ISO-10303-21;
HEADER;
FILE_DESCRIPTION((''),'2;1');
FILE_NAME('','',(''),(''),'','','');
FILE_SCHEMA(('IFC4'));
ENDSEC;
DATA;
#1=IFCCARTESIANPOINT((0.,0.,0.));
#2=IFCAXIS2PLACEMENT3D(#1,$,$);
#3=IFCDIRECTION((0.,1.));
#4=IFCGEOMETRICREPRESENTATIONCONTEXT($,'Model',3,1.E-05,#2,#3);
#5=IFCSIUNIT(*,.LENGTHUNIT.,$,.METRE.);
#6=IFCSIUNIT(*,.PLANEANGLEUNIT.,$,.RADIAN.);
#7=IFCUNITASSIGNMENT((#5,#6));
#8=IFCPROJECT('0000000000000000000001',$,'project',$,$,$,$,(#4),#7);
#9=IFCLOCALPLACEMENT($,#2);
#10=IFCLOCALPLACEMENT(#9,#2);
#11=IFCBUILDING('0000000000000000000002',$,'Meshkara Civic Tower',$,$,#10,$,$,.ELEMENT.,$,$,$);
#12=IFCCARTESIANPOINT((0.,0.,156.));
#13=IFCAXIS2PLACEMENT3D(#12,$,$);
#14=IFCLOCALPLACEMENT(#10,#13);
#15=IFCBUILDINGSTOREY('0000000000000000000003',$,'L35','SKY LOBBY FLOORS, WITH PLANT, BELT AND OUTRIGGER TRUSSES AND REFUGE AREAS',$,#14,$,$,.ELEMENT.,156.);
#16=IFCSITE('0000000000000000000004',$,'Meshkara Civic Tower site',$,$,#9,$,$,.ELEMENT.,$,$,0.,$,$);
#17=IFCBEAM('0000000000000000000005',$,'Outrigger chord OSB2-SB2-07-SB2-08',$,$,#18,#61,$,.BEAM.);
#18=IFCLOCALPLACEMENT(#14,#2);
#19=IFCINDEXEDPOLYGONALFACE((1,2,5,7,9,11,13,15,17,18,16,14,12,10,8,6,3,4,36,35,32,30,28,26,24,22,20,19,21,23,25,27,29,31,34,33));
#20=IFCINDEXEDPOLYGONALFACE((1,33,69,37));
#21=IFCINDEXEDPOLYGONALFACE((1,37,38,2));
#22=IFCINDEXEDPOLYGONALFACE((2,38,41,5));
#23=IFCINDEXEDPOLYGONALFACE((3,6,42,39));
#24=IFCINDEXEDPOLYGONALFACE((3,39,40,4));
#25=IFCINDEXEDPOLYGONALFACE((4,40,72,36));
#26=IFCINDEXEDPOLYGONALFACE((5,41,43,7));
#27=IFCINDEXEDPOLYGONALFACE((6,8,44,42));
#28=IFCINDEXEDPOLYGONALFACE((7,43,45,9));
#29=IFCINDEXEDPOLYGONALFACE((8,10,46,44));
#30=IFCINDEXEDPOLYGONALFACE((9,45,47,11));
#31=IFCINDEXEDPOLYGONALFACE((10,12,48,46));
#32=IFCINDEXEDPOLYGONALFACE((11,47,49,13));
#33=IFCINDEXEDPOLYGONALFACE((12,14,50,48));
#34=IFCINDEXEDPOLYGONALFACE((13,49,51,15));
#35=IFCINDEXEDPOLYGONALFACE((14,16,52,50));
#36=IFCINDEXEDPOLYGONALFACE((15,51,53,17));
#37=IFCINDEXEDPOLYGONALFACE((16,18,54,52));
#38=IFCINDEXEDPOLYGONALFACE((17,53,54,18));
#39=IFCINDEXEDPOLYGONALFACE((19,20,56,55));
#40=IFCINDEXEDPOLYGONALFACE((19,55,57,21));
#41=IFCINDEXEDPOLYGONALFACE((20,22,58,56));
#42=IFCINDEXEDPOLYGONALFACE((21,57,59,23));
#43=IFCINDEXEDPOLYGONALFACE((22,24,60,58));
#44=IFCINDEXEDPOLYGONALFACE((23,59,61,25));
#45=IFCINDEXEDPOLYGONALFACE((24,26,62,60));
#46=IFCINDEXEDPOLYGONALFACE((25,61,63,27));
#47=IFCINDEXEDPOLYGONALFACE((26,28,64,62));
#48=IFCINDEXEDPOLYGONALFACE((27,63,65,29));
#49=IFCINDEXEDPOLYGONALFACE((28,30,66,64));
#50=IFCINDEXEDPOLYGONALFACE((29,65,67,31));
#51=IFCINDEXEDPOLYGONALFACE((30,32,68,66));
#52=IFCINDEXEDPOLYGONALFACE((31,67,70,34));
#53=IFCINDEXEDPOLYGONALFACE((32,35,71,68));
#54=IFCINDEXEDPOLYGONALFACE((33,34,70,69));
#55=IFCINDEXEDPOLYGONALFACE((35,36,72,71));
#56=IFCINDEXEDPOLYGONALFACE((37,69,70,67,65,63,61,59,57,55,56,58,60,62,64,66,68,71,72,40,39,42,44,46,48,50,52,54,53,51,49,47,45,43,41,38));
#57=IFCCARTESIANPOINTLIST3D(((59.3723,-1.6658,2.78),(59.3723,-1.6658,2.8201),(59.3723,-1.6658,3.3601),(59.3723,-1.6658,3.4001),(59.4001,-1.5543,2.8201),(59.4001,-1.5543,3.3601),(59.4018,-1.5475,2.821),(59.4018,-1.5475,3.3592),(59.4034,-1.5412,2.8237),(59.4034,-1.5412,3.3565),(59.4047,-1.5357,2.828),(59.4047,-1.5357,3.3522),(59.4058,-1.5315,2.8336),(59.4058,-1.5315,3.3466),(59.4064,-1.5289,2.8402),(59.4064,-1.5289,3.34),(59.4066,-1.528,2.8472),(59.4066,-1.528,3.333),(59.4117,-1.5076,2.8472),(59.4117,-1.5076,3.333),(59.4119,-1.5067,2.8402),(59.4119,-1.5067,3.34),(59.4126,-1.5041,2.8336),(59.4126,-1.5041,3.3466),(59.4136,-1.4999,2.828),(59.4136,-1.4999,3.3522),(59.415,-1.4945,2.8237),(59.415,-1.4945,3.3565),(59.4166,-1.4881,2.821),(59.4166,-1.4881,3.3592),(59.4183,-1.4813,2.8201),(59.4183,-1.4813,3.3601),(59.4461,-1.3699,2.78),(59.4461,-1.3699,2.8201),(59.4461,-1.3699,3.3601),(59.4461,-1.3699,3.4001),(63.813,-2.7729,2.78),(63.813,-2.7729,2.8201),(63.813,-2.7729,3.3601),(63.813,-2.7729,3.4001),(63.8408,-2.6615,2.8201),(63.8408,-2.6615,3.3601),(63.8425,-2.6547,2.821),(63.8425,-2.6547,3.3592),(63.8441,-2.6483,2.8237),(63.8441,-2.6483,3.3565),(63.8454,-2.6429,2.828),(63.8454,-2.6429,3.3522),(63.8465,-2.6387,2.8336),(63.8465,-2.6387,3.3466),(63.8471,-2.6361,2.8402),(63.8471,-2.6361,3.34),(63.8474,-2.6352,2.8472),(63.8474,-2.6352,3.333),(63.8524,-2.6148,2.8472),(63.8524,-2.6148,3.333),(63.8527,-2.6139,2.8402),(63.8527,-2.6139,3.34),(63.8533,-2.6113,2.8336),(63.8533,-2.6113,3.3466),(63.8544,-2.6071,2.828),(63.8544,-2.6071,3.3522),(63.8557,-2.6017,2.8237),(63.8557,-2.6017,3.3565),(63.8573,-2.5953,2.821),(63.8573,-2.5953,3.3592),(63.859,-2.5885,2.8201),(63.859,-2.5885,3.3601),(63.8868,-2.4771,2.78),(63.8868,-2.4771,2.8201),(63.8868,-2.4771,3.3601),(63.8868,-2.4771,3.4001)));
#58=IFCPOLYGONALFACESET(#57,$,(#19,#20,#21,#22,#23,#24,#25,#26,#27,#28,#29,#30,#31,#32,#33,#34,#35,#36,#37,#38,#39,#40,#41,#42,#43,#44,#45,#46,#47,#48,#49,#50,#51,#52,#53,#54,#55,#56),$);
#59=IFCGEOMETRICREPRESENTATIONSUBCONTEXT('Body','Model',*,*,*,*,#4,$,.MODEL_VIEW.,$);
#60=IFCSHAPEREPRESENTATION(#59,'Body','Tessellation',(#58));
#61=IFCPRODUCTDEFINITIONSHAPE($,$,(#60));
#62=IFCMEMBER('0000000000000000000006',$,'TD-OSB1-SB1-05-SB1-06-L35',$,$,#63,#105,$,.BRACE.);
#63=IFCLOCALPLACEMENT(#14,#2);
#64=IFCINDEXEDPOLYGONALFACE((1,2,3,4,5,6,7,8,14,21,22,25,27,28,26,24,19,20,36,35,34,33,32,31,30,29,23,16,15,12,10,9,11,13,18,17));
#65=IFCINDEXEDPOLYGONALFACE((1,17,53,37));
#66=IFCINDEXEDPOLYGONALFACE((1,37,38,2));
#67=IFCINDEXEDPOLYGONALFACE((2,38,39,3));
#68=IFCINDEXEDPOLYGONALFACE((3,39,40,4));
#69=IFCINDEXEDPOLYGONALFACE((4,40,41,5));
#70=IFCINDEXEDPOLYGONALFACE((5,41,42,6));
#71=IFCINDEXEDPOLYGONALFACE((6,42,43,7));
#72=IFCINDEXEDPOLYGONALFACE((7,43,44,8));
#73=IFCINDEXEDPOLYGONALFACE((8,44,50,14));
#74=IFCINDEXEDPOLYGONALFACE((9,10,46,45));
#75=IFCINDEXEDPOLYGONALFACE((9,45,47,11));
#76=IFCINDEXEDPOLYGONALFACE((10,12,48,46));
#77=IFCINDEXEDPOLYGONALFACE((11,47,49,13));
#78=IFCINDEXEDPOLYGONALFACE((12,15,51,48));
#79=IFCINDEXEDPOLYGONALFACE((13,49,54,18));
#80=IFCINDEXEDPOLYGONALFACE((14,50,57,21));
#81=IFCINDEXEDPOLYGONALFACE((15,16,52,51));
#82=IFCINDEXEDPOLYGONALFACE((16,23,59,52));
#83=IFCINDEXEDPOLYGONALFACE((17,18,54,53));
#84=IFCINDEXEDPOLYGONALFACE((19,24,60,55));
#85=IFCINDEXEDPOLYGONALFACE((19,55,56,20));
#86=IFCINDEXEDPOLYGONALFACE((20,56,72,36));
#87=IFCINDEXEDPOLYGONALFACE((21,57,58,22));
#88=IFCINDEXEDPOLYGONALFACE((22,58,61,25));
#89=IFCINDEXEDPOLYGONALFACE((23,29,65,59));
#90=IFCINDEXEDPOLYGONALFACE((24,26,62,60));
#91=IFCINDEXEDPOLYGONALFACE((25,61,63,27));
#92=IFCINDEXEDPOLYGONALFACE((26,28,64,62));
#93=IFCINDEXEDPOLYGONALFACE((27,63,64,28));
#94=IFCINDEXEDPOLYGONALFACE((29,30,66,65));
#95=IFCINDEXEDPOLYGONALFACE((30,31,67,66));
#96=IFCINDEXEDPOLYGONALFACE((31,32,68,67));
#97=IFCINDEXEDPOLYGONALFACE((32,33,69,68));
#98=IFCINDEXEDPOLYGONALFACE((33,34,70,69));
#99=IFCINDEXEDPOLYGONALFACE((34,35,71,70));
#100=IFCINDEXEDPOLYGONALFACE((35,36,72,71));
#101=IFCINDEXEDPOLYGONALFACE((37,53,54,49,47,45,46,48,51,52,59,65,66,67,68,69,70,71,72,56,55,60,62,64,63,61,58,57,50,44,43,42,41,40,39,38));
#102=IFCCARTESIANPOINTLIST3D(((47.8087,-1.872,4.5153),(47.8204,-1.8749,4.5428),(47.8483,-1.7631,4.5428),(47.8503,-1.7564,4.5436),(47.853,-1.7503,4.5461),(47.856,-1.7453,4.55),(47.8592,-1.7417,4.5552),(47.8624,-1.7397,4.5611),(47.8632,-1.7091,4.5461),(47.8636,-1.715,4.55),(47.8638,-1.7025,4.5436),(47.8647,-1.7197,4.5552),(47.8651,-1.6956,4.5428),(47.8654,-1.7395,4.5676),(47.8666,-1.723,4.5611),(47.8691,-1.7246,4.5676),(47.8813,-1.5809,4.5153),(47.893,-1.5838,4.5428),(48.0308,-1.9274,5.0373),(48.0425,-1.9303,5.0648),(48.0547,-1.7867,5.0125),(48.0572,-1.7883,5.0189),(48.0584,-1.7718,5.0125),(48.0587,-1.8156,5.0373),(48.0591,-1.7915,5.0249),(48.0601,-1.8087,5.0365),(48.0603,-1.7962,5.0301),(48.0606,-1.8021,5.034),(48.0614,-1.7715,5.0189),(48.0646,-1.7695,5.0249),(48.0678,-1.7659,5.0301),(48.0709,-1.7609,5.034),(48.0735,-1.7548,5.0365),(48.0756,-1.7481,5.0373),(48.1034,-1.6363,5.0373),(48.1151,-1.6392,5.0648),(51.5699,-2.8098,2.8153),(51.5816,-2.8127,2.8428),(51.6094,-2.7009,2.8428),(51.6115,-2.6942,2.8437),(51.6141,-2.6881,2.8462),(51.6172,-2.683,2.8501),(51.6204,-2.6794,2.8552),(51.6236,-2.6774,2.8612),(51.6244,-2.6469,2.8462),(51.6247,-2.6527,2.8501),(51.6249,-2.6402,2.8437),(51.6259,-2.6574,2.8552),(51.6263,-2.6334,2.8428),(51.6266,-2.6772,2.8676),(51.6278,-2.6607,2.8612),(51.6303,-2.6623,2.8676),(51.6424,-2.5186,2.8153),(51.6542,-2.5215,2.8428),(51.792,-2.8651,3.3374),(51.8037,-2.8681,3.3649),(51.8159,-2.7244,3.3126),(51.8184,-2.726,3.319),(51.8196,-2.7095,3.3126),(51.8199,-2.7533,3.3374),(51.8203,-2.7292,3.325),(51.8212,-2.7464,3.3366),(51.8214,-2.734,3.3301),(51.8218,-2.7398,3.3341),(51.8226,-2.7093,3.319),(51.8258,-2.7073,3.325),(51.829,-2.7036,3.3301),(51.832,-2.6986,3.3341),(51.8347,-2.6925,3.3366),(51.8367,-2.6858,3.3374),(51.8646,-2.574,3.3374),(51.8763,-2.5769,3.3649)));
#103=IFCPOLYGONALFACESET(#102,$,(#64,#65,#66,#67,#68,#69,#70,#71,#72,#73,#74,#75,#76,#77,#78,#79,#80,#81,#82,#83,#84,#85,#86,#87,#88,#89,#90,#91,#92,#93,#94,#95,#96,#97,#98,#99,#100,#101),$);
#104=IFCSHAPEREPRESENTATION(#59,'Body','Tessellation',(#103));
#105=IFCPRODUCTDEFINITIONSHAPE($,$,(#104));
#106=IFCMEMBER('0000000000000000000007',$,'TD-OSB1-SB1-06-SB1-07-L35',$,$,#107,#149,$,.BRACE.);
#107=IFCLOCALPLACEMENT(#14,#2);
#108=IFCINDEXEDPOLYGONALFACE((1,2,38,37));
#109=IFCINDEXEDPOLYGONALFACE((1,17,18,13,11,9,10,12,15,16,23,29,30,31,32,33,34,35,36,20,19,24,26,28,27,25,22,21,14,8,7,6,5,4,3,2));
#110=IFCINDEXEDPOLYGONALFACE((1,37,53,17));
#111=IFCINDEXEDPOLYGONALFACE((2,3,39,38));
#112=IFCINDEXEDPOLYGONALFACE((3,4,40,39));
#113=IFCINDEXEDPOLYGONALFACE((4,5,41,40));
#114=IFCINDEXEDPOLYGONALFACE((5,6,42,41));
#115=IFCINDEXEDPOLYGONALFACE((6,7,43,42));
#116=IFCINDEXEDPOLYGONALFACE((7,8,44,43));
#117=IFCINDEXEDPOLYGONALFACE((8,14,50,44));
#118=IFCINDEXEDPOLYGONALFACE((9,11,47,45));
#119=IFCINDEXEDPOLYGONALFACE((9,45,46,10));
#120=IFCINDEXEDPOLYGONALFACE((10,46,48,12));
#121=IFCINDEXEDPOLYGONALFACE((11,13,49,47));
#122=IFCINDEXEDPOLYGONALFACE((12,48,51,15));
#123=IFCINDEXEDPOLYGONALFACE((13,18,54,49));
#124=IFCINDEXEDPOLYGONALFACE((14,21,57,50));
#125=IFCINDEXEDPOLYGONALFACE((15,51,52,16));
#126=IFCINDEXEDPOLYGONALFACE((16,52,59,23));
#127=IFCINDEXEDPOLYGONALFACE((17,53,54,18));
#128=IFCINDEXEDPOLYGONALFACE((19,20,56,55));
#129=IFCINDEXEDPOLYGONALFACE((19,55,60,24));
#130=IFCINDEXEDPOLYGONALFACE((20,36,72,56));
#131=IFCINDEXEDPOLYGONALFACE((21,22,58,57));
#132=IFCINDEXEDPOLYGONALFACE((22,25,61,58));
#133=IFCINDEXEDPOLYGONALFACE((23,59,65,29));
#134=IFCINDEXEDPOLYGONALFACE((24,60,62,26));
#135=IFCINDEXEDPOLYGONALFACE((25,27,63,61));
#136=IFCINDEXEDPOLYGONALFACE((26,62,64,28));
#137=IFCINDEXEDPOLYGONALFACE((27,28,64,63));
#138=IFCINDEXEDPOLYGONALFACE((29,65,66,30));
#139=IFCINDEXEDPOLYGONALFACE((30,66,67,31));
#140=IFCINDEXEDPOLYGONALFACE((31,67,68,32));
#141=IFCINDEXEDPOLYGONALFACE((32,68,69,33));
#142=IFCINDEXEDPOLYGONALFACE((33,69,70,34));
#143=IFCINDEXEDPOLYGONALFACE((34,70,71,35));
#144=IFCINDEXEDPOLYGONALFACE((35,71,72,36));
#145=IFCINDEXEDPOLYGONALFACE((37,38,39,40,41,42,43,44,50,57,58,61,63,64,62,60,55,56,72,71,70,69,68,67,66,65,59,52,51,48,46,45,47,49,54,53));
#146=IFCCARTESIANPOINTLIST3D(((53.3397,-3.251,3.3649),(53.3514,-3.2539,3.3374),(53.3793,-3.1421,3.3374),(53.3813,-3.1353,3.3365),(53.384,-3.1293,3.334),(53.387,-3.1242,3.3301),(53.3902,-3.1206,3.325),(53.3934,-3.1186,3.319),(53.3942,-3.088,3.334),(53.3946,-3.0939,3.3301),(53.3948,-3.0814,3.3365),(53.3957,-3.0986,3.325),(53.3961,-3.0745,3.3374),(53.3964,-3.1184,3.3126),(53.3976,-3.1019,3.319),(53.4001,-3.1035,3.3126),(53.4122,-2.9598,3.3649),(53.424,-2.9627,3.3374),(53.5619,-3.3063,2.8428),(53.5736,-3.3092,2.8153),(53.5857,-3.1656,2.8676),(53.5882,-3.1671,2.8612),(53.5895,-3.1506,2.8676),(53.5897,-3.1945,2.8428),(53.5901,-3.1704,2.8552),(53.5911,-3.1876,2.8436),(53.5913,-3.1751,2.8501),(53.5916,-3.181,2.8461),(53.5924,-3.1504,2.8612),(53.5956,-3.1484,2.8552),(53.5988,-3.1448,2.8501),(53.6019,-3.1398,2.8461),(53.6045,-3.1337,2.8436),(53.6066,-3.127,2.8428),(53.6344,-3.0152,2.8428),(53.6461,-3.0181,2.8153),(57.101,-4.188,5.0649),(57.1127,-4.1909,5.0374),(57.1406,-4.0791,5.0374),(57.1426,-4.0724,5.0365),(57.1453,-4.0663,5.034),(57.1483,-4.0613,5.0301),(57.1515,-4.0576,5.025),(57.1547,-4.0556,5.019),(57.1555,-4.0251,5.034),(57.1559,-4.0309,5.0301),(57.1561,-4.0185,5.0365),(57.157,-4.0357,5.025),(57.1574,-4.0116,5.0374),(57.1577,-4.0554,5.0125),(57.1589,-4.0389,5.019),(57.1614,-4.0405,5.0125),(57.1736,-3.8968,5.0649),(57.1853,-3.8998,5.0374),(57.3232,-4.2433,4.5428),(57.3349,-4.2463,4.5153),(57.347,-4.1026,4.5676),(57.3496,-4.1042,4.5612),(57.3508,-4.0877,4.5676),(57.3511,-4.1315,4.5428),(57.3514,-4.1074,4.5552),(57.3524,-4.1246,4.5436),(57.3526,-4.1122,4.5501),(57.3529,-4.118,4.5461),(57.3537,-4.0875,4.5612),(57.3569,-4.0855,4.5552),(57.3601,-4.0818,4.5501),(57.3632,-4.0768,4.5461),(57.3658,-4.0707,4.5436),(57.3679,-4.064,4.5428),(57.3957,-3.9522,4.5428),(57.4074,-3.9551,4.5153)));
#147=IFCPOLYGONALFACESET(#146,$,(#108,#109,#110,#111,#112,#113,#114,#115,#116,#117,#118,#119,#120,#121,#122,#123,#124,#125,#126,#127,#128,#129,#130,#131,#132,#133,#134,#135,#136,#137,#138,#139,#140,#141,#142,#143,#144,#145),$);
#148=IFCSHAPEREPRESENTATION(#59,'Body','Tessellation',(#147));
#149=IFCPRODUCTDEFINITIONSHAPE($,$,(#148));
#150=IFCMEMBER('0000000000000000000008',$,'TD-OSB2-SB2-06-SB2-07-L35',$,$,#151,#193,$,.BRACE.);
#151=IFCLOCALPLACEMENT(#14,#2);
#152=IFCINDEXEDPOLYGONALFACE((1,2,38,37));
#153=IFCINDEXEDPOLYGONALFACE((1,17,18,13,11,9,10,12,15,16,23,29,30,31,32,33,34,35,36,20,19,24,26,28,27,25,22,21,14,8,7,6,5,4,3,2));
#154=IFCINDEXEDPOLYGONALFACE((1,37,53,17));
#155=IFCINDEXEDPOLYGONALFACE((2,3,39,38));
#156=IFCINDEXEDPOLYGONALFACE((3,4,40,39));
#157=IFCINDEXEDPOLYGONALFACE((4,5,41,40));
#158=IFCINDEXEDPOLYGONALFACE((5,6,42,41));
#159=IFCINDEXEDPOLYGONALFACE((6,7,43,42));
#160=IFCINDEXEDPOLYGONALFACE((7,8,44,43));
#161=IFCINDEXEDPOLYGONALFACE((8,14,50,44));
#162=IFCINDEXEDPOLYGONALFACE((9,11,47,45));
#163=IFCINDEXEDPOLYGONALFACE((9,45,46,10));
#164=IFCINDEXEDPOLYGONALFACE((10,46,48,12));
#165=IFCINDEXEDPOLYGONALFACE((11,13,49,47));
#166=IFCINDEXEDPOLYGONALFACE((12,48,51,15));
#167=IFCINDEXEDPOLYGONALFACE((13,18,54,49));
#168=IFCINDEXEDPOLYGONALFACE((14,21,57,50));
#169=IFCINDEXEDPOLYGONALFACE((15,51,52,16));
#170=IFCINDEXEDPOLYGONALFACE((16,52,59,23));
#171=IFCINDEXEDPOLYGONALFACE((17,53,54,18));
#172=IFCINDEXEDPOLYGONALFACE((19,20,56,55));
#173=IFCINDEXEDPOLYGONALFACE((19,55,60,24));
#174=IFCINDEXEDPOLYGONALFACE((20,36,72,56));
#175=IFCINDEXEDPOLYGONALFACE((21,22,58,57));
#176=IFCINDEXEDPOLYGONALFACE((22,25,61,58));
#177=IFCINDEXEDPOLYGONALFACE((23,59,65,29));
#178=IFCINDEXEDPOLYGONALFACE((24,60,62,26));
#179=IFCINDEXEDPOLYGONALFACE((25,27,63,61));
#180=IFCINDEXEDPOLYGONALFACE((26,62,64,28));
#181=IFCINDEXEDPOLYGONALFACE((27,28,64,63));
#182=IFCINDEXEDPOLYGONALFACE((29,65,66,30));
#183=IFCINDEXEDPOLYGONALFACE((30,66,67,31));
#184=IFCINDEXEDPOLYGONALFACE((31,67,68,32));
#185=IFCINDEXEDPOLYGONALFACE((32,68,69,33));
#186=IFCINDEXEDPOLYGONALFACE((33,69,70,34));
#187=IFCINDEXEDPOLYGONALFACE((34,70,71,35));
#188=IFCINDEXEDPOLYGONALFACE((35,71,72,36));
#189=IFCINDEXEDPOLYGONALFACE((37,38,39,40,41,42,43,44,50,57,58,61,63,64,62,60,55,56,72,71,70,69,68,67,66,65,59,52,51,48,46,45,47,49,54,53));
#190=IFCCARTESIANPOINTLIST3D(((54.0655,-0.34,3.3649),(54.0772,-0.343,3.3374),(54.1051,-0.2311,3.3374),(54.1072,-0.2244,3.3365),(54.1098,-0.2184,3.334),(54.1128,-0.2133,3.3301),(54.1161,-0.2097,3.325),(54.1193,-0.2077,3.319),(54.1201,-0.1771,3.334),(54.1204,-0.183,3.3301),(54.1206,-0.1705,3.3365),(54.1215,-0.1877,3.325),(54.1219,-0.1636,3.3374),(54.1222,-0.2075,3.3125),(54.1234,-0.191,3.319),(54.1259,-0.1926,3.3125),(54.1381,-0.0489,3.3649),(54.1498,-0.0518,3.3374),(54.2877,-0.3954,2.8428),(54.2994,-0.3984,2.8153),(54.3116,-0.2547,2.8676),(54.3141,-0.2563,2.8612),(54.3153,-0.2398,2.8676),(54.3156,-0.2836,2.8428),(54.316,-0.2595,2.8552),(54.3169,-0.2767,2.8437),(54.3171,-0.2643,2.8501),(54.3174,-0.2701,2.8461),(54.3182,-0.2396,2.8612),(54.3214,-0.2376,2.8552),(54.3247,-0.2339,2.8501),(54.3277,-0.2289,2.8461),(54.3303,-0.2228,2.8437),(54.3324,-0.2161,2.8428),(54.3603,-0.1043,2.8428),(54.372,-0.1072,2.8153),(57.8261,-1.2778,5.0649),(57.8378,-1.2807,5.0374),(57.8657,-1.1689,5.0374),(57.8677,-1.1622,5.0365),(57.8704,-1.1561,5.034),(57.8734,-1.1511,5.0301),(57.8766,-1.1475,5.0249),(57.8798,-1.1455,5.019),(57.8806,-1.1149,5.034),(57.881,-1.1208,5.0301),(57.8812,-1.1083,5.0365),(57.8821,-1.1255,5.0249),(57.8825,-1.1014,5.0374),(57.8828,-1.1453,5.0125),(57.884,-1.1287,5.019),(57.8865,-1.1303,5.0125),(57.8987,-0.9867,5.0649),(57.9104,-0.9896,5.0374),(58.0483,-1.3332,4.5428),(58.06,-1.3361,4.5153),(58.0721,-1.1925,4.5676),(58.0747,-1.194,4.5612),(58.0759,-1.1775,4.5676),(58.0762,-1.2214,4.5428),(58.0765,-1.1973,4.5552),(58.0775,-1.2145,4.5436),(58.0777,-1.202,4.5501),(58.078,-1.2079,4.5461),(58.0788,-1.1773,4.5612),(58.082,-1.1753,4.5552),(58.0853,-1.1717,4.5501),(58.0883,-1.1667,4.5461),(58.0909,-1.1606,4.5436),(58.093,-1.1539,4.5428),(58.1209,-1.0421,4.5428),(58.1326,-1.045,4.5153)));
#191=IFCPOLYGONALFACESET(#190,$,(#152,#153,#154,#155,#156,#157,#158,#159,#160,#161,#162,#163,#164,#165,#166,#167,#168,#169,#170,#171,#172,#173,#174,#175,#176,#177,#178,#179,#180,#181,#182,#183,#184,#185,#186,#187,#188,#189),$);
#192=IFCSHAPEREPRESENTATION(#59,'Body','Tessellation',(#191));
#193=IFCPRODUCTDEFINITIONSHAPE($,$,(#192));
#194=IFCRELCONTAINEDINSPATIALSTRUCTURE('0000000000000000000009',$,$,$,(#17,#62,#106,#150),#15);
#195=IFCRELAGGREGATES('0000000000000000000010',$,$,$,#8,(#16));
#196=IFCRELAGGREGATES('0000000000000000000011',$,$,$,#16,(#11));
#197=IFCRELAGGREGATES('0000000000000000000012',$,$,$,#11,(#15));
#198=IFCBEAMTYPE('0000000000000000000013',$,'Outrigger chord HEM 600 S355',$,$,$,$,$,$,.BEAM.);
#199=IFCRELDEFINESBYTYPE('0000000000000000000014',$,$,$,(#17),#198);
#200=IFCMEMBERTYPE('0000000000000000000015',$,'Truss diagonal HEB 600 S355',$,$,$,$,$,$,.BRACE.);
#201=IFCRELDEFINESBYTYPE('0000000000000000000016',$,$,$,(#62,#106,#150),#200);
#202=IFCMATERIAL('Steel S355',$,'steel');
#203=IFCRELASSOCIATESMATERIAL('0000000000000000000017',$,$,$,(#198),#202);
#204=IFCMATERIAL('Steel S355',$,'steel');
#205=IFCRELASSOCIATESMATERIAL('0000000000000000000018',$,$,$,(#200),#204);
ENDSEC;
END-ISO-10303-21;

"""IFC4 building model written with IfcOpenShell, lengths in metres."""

from ifc_helpers import new_model, si_unit, direction, frame, origin, origin_2d, place, context, subcontext, project, spatial, i_section, extrude, material, material_profile, profile_set, type_object, element, save


model = new_model("IFC4")

# Units and contexts
model_context = context("Model", 3, precision=1e-05, world=origin(), true_north=direction((0.0, 1.0)))
body_context = subcontext(model_context, "Body", "Model", "MODEL_VIEW")
ifc_project = project(units=[si_unit("LENGTHUNIT", "METRE"), si_unit("PLANEANGLEUNIT", "RADIAN")], contexts=[model_context])

# Site, building, storey
site_placement = place(None, origin())
site = spatial("IfcSite", under=ifc_project, at=site_placement, Name="Meshkara Civic Tower site", CompositionType="ELEMENT", RefElevation=0.0)
building_placement = place(site_placement, origin())
building = spatial("IfcBuilding", under=site, at=building_placement, Name="Meshkara Civic Tower", CompositionType="ELEMENT")
storey_placement = place(building_placement, frame((0.0, 0.0, 156.0)))
storey = spatial("IfcBuildingStorey", under=building, at=storey_placement, Name="L35", Description="SKY LOBBY FLOORS, WITH PLANT, BELT AND OUTRIGGER TRUSSES AND REFUGE AREAS", CompositionType="ELEMENT", Elevation=156.0)

# Beam
ifc_material_1 = material(Name="Steel S355", Category="steel")
ifc_material_profile_1 = material_profile(ifc_material_1, i_section(OverallWidth=0.3049, OverallDepth=0.6201, WebThickness=0.021, FlangeThickness=0.04, FilletRadius=0.0271, at=origin_2d()))
ifc_profile_set_1 = profile_set([ifc_material_profile_1], Name="Steel S355")
beam_type = type_object("IfcBeamType", Name="Outrigger chord HEM 600 S355", PredefinedType="BEAM", material=ifc_profile_set_1)
for number, where, z_axis, x_axis, name in (
    (1, (59.4092, -1.5178, 3.0901), (0.970296, -0.241921, 0.0), (0.241921, 0.970296, 0.0), "Outrigger chord OSB2-SB2-07-SB2-08"),
):
    element("IfcBeam", number, at=place(storey_placement, frame(where, z_axis=z_axis, x_axis=x_axis)), inside=storey, type_object=beam_type, Name=name, PredefinedType="BEAM", context=body_context, shape_type="SweptSolid", body=[
        extrude(i_section(OverallWidth=0.3049, OverallDepth=0.6201, WebThickness=0.021, FlangeThickness=0.04, FilletRadius=0.0271, at=origin_2d()), origin(), (0.0, 0.0, 1.0), 4.5767),
    ])

# Members
ifc_material_2 = material(Name="Steel S355", Category="steel")
ifc_material_profile_2 = material_profile(ifc_material_2, i_section(OverallWidth=0.3, OverallDepth=0.6001, WebThickness=0.0154, FlangeThickness=0.03, FilletRadius=0.0271, at=origin_2d()))
ifc_profile_set_2 = profile_set([ifc_material_profile_2], Name="Steel S355")
member_type = type_object("IfcMemberType", Name="Truss diagonal HEB 600 S355", PredefinedType="BRACE", material=ifc_profile_set_2)
for number, where, z_axis, x_axis, name in (
    (2, (47.9619, -1.7556, 4.79), (0.888605, -0.221546, -0.40162), (0.241913, 0.970298, 0.0), "TD-OSB1-SB1-05-SB1-06-L35"),
    (3, (53.4929, -3.1345, 3.0901), (0.888639, -0.221381, 0.401635), (0.241735, 0.970342, 0.0), "TD-OSB1-SB1-06-SB1-07-L35"),
):
    element("IfcMember", number, at=place(storey_placement, frame(where, z_axis=z_axis, x_axis=x_axis)), inside=storey, type_object=member_type, Name=name, PredefinedType="BRACE", context=body_context, shape_type="SweptSolid", body=[
        extrude(i_section(OverallWidth=0.3, OverallDepth=0.6001, WebThickness=0.0154, FlangeThickness=0.03, FilletRadius=0.0271, at=origin_2d()), origin(), (0.0, 0.0, 1.0), 4.2327),
    ])
member_1_placement = place(storey_placement, frame((54.2188, -0.2236, 3.0901), z_axis=(0.888569, -0.22158, 0.401682), x_axis=(0.241958, 0.970287, 0.0)))
element("IfcMember", 4, at=member_1_placement, inside=storey, type_object=member_type, Name="TD-OSB2-SB2-06-SB2-07-L35", PredefinedType="BRACE", context=body_context, shape_type="SweptSolid", body=[
    extrude(i_section(OverallWidth=0.3, OverallDepth=0.6001, WebThickness=0.0154, FlangeThickness=0.03, FilletRadius=0.0271, at=origin_2d()), origin(), (0.0, 0.0, 1.0), 4.2322),
])

save(model, "model.ifc")
